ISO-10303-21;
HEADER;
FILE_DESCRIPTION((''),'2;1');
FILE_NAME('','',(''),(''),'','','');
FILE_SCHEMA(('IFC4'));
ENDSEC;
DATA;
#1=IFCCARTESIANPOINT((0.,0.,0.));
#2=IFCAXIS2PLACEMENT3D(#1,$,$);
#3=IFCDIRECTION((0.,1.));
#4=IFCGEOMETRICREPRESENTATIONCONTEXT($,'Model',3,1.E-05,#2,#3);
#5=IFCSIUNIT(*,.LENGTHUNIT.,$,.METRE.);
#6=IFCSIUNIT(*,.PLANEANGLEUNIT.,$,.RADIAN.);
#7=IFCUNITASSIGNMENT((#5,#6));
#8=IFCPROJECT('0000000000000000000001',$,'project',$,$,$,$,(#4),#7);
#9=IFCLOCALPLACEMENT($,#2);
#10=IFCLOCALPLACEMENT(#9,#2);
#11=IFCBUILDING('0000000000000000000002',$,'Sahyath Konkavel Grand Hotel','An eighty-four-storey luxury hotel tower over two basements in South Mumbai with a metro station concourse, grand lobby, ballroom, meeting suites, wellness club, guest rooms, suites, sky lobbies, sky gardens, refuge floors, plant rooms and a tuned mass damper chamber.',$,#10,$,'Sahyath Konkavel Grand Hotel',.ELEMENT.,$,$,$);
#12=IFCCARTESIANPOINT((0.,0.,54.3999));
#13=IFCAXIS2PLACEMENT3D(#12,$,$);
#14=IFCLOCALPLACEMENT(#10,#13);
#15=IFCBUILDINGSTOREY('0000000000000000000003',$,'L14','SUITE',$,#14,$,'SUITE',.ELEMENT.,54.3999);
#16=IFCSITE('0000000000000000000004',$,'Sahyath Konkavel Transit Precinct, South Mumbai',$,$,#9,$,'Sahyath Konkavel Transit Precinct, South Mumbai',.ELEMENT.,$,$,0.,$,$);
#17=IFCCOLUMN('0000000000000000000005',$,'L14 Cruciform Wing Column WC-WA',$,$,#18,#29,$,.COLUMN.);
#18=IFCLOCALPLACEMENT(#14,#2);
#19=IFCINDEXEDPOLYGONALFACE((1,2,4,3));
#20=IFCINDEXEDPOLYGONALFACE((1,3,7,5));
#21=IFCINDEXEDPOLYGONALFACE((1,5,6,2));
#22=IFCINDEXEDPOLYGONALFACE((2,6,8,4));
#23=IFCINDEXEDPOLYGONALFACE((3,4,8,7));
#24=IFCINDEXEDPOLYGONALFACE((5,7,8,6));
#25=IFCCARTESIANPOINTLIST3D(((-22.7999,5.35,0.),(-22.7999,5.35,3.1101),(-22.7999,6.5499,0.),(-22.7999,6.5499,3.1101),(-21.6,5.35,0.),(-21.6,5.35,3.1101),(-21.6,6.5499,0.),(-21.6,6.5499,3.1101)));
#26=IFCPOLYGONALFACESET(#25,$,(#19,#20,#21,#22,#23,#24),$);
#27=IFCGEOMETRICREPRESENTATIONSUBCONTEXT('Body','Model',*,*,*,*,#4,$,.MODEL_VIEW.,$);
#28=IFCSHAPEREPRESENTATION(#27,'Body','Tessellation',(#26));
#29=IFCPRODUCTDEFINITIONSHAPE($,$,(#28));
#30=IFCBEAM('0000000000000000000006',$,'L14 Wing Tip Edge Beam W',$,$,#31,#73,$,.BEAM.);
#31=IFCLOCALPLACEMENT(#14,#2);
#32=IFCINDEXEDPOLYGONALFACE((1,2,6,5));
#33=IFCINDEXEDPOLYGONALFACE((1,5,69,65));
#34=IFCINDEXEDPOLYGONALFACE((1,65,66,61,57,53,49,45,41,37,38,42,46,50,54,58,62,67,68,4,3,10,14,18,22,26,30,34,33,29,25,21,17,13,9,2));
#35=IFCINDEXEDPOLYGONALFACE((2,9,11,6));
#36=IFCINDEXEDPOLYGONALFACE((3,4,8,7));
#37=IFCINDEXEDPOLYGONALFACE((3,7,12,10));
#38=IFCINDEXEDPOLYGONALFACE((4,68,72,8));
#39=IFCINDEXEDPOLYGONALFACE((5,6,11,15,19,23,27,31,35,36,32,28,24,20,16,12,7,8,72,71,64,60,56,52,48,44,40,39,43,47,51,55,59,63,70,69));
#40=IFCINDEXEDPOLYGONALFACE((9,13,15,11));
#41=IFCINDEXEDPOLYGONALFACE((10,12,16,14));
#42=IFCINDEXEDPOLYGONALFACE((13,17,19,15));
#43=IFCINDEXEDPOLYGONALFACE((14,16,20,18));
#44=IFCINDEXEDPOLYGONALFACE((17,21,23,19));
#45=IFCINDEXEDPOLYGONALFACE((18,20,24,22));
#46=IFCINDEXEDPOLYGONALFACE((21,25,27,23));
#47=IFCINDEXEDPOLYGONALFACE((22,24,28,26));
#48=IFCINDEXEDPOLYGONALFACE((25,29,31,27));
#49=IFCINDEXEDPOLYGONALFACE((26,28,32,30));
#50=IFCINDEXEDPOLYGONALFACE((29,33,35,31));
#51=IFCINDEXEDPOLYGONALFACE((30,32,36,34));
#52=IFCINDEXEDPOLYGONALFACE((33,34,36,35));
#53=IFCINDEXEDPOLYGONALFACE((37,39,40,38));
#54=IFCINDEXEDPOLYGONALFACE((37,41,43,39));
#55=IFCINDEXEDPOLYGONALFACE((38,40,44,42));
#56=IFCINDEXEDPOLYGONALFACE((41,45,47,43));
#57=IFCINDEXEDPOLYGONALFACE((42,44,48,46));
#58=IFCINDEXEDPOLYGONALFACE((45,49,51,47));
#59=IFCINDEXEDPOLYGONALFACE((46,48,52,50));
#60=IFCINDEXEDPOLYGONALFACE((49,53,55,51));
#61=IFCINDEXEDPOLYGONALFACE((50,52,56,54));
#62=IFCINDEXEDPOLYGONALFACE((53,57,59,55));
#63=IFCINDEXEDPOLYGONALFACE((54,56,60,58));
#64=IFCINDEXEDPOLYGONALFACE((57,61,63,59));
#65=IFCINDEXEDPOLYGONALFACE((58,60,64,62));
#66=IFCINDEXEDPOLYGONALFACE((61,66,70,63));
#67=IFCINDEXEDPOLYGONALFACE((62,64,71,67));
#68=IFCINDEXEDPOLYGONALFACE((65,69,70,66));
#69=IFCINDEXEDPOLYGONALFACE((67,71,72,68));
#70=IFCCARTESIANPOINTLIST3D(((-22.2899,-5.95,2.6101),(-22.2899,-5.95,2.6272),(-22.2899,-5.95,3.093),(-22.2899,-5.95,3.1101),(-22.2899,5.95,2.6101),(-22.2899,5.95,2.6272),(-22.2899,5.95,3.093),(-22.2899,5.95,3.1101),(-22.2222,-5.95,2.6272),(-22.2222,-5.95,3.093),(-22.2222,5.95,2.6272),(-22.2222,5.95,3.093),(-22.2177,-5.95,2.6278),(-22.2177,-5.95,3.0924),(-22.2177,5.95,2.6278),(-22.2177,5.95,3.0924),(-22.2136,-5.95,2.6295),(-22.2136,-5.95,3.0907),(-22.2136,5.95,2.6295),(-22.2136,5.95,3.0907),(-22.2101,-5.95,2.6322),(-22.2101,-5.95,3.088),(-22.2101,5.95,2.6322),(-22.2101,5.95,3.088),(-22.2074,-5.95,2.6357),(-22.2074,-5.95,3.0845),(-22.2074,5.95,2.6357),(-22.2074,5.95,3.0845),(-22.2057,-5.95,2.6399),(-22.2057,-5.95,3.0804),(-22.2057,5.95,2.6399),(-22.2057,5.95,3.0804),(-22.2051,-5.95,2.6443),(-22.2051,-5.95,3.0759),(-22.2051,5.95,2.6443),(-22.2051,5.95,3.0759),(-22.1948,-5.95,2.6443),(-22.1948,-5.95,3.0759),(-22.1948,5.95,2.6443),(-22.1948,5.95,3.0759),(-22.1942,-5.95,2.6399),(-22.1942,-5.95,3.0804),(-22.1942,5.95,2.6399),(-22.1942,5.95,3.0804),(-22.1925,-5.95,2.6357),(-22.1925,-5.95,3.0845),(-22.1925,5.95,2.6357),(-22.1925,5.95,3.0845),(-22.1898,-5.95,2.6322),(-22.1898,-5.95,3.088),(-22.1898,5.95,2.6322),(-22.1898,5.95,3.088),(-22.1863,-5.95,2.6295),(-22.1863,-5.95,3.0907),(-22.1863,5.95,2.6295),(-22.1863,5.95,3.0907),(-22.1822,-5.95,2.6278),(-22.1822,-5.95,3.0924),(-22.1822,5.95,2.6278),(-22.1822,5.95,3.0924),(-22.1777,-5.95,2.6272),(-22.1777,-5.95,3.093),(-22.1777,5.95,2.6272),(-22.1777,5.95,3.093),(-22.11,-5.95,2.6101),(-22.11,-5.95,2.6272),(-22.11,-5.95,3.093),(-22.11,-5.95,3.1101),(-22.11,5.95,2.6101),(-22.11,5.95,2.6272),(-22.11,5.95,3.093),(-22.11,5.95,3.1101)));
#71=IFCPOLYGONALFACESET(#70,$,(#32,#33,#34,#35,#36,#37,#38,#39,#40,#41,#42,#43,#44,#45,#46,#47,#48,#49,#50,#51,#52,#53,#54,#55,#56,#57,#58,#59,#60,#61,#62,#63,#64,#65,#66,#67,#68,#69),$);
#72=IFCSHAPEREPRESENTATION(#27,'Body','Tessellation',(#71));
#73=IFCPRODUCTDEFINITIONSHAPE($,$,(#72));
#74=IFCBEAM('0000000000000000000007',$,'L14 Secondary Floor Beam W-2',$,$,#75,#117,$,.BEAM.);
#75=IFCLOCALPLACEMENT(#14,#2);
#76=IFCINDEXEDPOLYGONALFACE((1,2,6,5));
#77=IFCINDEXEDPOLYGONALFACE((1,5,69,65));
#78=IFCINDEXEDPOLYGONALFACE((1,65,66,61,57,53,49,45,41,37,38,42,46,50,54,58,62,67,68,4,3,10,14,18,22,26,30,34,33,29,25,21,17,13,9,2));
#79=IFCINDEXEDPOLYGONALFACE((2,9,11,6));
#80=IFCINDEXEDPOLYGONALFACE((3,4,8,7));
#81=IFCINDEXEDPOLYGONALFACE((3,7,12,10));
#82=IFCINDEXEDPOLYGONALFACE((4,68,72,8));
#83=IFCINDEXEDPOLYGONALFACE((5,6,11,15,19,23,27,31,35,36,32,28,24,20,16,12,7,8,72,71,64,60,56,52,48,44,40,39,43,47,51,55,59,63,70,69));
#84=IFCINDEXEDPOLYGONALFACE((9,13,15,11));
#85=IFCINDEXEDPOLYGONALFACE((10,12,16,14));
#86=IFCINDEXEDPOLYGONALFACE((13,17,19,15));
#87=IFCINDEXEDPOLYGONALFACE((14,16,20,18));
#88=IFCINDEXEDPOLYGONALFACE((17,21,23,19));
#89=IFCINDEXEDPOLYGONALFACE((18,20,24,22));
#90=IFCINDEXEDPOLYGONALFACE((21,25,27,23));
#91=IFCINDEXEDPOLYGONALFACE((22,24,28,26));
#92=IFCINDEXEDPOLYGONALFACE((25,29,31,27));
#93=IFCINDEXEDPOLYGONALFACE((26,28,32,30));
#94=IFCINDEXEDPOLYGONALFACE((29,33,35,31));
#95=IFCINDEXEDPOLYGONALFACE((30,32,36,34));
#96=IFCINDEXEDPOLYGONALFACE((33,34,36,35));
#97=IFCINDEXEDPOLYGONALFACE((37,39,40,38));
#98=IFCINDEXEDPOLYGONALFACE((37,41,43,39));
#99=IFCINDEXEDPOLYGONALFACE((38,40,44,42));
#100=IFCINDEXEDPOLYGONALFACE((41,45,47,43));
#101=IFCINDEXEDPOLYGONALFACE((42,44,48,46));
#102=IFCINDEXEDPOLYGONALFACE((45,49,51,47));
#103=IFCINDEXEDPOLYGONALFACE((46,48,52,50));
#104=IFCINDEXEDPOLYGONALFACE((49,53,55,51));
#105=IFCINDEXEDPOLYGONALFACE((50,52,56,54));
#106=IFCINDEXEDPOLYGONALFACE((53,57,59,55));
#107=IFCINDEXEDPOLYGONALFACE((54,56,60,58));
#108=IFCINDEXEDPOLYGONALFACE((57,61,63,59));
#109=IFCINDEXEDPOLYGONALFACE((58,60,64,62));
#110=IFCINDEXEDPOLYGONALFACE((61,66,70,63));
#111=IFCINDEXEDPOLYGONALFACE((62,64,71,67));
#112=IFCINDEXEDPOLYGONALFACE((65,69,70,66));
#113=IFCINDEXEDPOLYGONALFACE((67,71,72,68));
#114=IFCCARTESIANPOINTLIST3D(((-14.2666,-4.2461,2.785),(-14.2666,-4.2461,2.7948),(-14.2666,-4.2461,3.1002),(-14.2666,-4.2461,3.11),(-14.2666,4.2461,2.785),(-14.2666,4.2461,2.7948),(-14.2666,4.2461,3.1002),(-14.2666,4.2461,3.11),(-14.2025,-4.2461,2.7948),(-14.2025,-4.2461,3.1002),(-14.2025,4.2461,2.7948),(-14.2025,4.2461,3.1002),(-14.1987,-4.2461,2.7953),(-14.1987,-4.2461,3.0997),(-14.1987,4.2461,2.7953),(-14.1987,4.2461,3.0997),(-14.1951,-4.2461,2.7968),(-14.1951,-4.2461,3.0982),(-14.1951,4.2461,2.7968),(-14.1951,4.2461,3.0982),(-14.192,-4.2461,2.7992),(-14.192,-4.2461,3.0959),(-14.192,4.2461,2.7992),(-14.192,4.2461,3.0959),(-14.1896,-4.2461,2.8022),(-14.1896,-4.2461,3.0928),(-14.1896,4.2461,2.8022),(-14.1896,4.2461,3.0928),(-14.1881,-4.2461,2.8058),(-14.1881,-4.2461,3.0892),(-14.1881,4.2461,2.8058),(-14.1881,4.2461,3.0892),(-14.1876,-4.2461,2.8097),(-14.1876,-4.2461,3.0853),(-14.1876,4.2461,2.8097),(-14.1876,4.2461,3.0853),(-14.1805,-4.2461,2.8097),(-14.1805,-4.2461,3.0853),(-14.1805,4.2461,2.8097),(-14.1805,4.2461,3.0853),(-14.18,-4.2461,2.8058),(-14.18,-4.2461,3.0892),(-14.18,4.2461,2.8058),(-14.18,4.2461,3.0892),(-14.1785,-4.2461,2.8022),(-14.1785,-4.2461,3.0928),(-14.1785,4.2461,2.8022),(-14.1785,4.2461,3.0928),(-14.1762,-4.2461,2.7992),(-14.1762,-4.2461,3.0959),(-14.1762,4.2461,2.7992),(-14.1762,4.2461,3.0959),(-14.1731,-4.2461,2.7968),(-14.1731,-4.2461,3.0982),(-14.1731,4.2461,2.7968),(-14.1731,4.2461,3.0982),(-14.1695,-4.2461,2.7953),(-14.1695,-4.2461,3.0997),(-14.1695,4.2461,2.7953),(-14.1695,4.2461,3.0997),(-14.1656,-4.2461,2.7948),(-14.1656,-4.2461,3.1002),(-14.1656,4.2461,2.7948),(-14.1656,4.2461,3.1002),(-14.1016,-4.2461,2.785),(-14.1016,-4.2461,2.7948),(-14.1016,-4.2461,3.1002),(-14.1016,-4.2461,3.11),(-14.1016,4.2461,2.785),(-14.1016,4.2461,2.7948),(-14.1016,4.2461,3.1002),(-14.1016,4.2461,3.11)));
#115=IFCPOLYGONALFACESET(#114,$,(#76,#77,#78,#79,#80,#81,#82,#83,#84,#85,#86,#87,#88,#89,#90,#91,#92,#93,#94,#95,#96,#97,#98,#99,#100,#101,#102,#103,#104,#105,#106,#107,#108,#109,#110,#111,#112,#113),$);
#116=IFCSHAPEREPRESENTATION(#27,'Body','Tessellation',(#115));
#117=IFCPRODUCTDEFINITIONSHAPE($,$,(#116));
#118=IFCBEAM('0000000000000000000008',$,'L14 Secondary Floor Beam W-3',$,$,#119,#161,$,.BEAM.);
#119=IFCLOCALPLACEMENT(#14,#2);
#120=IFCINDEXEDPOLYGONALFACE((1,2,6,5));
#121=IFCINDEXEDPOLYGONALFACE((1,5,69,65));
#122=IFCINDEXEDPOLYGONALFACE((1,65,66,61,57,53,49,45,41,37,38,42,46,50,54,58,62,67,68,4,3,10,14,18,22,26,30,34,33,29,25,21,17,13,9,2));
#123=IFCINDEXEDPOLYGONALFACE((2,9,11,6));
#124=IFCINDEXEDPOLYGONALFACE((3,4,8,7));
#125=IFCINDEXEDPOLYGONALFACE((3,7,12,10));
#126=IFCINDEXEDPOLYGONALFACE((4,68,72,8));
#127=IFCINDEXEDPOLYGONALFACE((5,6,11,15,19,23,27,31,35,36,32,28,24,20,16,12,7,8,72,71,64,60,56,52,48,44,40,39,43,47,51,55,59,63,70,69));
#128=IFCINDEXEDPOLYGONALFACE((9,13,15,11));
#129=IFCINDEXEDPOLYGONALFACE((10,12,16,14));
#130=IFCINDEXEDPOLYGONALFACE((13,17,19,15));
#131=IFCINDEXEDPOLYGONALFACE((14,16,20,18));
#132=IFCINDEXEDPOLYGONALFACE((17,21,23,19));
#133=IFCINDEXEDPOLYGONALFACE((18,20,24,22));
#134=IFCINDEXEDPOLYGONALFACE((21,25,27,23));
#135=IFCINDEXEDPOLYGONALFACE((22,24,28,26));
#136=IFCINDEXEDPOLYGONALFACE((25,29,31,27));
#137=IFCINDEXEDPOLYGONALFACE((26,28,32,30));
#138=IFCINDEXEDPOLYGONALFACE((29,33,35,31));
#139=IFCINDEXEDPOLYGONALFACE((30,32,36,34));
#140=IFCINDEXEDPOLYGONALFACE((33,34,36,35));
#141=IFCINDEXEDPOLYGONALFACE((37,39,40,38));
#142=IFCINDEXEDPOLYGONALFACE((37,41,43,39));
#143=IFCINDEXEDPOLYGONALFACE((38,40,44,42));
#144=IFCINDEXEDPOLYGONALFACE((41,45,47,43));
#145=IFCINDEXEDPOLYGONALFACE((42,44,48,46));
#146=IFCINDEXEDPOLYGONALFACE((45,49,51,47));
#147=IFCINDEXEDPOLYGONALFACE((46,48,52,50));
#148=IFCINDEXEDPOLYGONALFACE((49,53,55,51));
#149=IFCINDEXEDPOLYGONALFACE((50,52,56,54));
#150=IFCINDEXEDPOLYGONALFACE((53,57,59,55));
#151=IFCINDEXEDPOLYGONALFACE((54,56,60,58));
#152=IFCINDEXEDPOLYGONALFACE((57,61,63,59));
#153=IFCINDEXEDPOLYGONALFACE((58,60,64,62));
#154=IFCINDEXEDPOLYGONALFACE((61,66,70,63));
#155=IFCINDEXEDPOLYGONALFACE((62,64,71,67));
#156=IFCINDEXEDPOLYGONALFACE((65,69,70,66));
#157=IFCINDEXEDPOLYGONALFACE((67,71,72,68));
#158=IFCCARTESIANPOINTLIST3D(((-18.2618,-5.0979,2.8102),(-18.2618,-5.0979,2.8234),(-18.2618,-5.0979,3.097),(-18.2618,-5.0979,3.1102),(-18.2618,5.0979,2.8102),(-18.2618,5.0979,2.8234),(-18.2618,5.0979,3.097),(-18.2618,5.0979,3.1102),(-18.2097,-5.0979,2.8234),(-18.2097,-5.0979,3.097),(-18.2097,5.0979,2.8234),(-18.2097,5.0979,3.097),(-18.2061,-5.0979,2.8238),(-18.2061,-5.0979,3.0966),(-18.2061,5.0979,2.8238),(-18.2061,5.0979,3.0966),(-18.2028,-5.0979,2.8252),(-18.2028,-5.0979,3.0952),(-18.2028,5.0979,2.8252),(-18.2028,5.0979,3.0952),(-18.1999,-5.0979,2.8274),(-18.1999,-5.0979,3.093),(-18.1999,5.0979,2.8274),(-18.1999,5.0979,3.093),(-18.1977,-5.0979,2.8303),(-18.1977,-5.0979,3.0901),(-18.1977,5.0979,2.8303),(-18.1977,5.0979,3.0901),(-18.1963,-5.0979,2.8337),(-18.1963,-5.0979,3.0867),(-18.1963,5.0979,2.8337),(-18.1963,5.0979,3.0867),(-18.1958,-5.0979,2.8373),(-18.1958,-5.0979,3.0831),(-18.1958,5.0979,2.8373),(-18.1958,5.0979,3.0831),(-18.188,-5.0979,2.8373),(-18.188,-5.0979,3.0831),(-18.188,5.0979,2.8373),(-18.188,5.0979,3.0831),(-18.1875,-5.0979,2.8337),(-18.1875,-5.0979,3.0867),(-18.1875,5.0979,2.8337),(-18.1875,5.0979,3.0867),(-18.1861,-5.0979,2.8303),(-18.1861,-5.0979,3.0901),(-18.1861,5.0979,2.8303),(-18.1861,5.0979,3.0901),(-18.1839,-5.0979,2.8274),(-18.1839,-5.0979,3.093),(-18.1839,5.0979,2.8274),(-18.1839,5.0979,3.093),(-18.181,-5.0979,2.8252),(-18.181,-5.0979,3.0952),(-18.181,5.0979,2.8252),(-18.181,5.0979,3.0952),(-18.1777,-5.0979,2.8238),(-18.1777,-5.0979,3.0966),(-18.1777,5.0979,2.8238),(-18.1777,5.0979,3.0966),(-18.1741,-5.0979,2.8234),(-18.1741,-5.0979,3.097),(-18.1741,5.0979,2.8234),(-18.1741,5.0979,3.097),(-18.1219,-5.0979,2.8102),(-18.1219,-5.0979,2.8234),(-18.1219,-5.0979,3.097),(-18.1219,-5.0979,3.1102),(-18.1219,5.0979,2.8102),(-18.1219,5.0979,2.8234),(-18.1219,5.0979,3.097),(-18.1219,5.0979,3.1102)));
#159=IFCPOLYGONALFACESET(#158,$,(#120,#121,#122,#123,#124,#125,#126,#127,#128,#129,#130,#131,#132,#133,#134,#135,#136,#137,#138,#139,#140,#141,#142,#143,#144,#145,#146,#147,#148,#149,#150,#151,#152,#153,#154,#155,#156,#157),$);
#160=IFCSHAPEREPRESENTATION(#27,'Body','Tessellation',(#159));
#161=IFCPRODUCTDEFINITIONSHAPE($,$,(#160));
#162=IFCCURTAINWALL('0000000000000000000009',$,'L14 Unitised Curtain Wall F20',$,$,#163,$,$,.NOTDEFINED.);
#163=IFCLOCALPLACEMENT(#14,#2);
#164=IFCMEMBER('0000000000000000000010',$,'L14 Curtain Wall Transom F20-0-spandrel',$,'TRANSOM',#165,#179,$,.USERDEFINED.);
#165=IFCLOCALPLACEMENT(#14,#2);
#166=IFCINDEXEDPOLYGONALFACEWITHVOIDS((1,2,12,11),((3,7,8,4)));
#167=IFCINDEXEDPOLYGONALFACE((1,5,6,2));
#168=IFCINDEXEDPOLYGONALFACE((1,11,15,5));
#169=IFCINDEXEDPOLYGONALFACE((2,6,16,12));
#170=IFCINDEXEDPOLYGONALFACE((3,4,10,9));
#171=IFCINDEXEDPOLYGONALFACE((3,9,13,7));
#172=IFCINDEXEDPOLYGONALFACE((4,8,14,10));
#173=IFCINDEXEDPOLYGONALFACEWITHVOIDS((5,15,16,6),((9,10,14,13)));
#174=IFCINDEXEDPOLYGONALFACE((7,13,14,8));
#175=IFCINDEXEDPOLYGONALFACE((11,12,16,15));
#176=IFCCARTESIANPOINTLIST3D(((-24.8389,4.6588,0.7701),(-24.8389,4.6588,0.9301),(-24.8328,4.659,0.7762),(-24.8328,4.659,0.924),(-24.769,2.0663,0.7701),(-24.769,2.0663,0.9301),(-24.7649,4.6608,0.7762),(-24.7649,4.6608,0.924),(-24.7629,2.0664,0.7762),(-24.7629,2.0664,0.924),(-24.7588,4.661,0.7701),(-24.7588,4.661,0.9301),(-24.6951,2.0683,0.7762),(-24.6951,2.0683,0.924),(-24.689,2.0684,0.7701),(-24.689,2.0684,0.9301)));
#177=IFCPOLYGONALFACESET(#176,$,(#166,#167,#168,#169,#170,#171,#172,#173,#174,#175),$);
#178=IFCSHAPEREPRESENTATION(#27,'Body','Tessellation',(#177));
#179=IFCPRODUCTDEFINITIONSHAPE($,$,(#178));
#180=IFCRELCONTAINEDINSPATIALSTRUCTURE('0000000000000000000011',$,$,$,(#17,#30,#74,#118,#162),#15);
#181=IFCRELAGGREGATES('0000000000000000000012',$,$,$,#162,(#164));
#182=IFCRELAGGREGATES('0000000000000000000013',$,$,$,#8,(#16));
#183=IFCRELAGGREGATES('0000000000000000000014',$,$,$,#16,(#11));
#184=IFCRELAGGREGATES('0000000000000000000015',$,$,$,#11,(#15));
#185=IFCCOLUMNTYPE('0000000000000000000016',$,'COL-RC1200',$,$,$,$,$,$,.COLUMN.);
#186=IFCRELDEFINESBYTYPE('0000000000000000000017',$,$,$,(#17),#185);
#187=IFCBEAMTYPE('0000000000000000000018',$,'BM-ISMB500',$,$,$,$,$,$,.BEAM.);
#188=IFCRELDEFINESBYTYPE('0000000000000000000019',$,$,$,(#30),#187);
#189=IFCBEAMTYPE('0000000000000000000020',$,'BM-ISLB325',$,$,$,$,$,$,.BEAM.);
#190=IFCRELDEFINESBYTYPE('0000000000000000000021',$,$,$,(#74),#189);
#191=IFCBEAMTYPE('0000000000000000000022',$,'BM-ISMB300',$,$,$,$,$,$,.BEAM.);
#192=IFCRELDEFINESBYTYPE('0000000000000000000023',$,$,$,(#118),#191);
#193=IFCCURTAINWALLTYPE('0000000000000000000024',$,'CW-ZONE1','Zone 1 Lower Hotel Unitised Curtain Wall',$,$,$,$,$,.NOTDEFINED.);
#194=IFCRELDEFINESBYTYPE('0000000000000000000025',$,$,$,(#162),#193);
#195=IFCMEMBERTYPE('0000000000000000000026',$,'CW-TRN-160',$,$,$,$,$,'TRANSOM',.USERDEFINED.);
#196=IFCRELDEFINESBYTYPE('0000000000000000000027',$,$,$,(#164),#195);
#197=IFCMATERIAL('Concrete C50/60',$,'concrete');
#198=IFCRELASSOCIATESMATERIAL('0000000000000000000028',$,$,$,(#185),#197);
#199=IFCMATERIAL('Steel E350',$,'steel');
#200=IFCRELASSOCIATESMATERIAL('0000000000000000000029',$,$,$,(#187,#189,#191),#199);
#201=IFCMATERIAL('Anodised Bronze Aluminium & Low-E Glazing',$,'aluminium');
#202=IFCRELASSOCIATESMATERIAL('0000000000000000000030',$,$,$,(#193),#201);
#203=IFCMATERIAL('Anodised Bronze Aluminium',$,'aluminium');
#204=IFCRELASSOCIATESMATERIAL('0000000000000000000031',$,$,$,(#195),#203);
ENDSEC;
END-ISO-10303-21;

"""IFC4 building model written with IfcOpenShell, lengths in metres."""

from ifc_helpers import new_model, si_unit, direction, frame, origin, origin_2d, place, context, subcontext, project, spatial, rectangle, hollow_rectangle, i_section, extrude, source, transform, mapped, material, material_profile, profile_set, type_object, element, aggregate, save


model = new_model("IFC4")

# Units and contexts
model_context = context("Model", 3, precision=1e-05, world=origin(), true_north=direction((0.0, 1.0)))
body_context = subcontext(model_context, "Body", "Model", "MODEL_VIEW")
ifc_project = project(units=[si_unit("LENGTHUNIT", "METRE"), si_unit("PLANEANGLEUNIT", "RADIAN")], contexts=[model_context])

# Site, building, storey
site_placement = place(None, origin())
site = spatial("IfcSite", under=ifc_project, at=site_placement, Name="Sahyath Konkavel Transit Precinct, South Mumbai", LongName="Sahyath Konkavel Transit Precinct, South Mumbai", CompositionType="ELEMENT", RefElevation=0.0)
building_placement = place(site_placement, origin())
building = spatial("IfcBuilding", under=site, at=building_placement, Name="Sahyath Konkavel Grand Hotel", Description="An eighty-four-storey luxury hotel tower over two basements in South Mumbai with a metro station concourse, grand lobby, ballroom, meeting suites, wellness club, guest rooms, suites, sky lobbies, sky gardens, refuge floors, plant rooms and a tuned mass damper chamber.", LongName="Sahyath Konkavel Grand Hotel", CompositionType="ELEMENT")
storey_placement = place(building_placement, frame((0.0, 0.0, 54.3999)))
storey = spatial("IfcBuildingStorey", under=building, at=storey_placement, Name="L14", Description="SUITE", LongName="SUITE", CompositionType="ELEMENT", Elevation=54.3999)

# Column
ifc_material_1 = material(Name="Concrete C50/60", Category="concrete")
ifc_material_profile_1 = material_profile(ifc_material_1, rectangle(XDim=1.2, YDim=1.2, at=origin_2d()), Name="RC 1200x1200")
ifc_profile_set_1 = profile_set([ifc_material_profile_1], Name="Concrete C50/60")
column_type = type_object("IfcColumnType", Name="COL-RC1200", PredefinedType="COLUMN", material=ifc_profile_set_1)
shared_shape_1 = source(origin(), body_context, "Body", "SweptSolid", [
    extrude(rectangle(XDim=1.2, YDim=1.2, at=origin_2d()), origin(), (0.0, 0.0, 1.0), 3.1101),
])
column_placement = place(storey_placement, frame((-22.2, 5.95, 0.0), z_axis=(0.0, 0.0, 1.0), x_axis=(1.0, 0.0, 0.0)))
element("IfcColumn", 1, at=column_placement, inside=storey, type_object=column_type, Name="L14 Cruciform Wing Column WC-WA", PredefinedType="COLUMN", context=body_context, shape_type="MappedRepresentation", body=[
    mapped(shared_shape_1, transform((0.0, 0.0, 0.0), scale=1.0)),
])

# Beams
ifc_material_2 = material(Name="Steel E350", Category="steel")
ifc_material_profile_2 = material_profile(ifc_material_2, i_section(OverallWidth=0.1799, OverallDepth=0.5, WebThickness=0.0103, FlangeThickness=0.0171, FilletRadius=0.0171, at=origin_2d()), Name="ISMB 500")
ifc_profile_set_2 = profile_set([ifc_material_profile_2], Name="Steel E350")
beam_type_1 = type_object("IfcBeamType", Name="BM-ISMB500", PredefinedType="BEAM", material=ifc_profile_set_2)
shared_shape_2 = source(origin(), body_context, "Body", "SweptSolid", [
    extrude(i_section(OverallWidth=0.1799, OverallDepth=0.5, WebThickness=0.0103, FlangeThickness=0.0171, FilletRadius=0.0171, at=origin_2d()), origin(), (0.0, 0.0, 1.0), 11.8999),
])
beam_1_placement = place(storey_placement, frame((-22.2, 5.95, 2.8601), z_axis=(0.0, -1.0, 0.0), x_axis=(1.0, 0.0, 0.0)))
element("IfcBeam", 2, at=beam_1_placement, inside=storey, type_object=beam_type_1, Name="L14 Wing Tip Edge Beam W", PredefinedType="BEAM", context=body_context, shape_type="MappedRepresentation", body=[
    mapped(shared_shape_2, transform((0.0, 0.0, 0.0), scale=1.0)),
])
ifc_material_profile_3 = material_profile(ifc_material_2, i_section(OverallWidth=0.165, OverallDepth=0.325, WebThickness=0.0071, FlangeThickness=0.0098, FilletRadius=0.0149, at=origin_2d()), Name="ISLB 325")
ifc_profile_set_3 = profile_set([ifc_material_profile_3], Name="Steel E350")
beam_type_2 = type_object("IfcBeamType", Name="BM-ISLB325", PredefinedType="BEAM", material=ifc_profile_set_3)
shared_shape_3 = source(origin(), body_context, "Body", "SweptSolid", [
    extrude(i_section(OverallWidth=0.165, OverallDepth=0.325, WebThickness=0.0071, FlangeThickness=0.0098, FilletRadius=0.0149, at=origin_2d()), origin(), (0.0, 0.0, 1.0), 8.4922),
])
beam_2_placement = place(storey_placement, frame((-14.1841, 4.2461, 2.9475), z_axis=(0.0, -1.0, 0.0), x_axis=(1.0, 0.0, 0.0)))
element("IfcBeam", 3, at=beam_2_placement, inside=storey, type_object=beam_type_2, Name="L14 Secondary Floor Beam W-2", PredefinedType="BEAM", context=body_context, shape_type="MappedRepresentation", body=[
    mapped(shared_shape_3, transform((0.0, 0.0, 0.0), scale=1.0)),
])
ifc_material_profile_4 = material_profile(ifc_material_2, i_section(OverallWidth=0.1399, OverallDepth=0.3, WebThickness=0.0078, FlangeThickness=0.0132, FilletRadius=0.0139, at=origin_2d()), Name="ISMB 300")
ifc_profile_set_4 = profile_set([ifc_material_profile_4], Name="Steel E350")
beam_type_3 = type_object("IfcBeamType", Name="BM-ISMB300", PredefinedType="BEAM", material=ifc_profile_set_4)
shared_shape_4 = source(origin(), body_context, "Body", "SweptSolid", [
    extrude(i_section(OverallWidth=0.1399, OverallDepth=0.3, WebThickness=0.0078, FlangeThickness=0.0132, FilletRadius=0.0139, at=origin_2d()), origin(), (0.0, 0.0, 1.0), 10.1958),
])
beam_3_placement = place(storey_placement, frame((-18.1919, 5.0979, 2.9602), z_axis=(0.0, -1.0, 0.0), x_axis=(1.0, 0.0, 0.0)))
element("IfcBeam", 4, at=beam_3_placement, inside=storey, type_object=beam_type_3, Name="L14 Secondary Floor Beam W-3", PredefinedType="BEAM", context=body_context, shape_type="MappedRepresentation", body=[
    mapped(shared_shape_4, transform((0.0, 0.0, 0.0), scale=1.0)),
])

# Curtain wall, member
ifc_material_3 = material(Name="Anodised Bronze Aluminium & Low-E Glazing", Category="aluminium")
curtain_wall_type = type_object("IfcCurtainWallType", Name="CW-ZONE1", Description="Zone 1 Lower Hotel Unitised Curtain Wall", PredefinedType="NOTDEFINED", material=ifc_material_3)
curtain_wall_1_placement = place(storey_placement, origin())
curtain_wall_1 = element("IfcCurtainWall", 5, at=curtain_wall_1_placement, inside=storey, type_object=curtain_wall_type, Name="L14 Unitised Curtain Wall F20", PredefinedType="NOTDEFINED")
ifc_material_4 = material(Name="Anodised Bronze Aluminium", Category="aluminium")
ifc_material_profile_5 = material_profile(ifc_material_4, hollow_rectangle(XDim=0.0801, YDim=0.1599, WallThickness=0.0061, at=origin_2d()), Name="RHS 160x80x6")
ifc_profile_set_5 = profile_set([ifc_material_profile_5], Name="Anodised Bronze Aluminium")
member_type_1 = type_object("IfcMemberType", Name="CW-TRN-160", ElementType="TRANSOM", PredefinedType="USERDEFINED", material=ifc_profile_set_5)
shared_shape_5 = source(origin(), body_context, "Body", "SweptSolid", [
    extrude(hollow_rectangle(XDim=0.0801, YDim=0.1599, WallThickness=0.0061, at=origin_2d()), origin(), (0.0, 0.0, 1.0), 2.5935),
])
member_1_placement = place(storey_placement, frame((-24.7988, 4.6599, 0.8501), z_axis=(0.026923, -0.999638, 0.0), x_axis=(0.999638, 0.026923, 0.0)))
member_1 = element("IfcMember", 6, at=member_1_placement, type_object=member_type_1, Name="L14 Curtain Wall Transom F20-0-spandrel", ObjectType="TRANSOM", PredefinedType="USERDEFINED", context=body_context, shape_type="MappedRepresentation", body=[
    mapped(shared_shape_5, transform((0.0, 0.0, 0.0), scale=1.0)),
])

aggregate(curtain_wall_1, [member_1])

save(model, "model.ifc")
